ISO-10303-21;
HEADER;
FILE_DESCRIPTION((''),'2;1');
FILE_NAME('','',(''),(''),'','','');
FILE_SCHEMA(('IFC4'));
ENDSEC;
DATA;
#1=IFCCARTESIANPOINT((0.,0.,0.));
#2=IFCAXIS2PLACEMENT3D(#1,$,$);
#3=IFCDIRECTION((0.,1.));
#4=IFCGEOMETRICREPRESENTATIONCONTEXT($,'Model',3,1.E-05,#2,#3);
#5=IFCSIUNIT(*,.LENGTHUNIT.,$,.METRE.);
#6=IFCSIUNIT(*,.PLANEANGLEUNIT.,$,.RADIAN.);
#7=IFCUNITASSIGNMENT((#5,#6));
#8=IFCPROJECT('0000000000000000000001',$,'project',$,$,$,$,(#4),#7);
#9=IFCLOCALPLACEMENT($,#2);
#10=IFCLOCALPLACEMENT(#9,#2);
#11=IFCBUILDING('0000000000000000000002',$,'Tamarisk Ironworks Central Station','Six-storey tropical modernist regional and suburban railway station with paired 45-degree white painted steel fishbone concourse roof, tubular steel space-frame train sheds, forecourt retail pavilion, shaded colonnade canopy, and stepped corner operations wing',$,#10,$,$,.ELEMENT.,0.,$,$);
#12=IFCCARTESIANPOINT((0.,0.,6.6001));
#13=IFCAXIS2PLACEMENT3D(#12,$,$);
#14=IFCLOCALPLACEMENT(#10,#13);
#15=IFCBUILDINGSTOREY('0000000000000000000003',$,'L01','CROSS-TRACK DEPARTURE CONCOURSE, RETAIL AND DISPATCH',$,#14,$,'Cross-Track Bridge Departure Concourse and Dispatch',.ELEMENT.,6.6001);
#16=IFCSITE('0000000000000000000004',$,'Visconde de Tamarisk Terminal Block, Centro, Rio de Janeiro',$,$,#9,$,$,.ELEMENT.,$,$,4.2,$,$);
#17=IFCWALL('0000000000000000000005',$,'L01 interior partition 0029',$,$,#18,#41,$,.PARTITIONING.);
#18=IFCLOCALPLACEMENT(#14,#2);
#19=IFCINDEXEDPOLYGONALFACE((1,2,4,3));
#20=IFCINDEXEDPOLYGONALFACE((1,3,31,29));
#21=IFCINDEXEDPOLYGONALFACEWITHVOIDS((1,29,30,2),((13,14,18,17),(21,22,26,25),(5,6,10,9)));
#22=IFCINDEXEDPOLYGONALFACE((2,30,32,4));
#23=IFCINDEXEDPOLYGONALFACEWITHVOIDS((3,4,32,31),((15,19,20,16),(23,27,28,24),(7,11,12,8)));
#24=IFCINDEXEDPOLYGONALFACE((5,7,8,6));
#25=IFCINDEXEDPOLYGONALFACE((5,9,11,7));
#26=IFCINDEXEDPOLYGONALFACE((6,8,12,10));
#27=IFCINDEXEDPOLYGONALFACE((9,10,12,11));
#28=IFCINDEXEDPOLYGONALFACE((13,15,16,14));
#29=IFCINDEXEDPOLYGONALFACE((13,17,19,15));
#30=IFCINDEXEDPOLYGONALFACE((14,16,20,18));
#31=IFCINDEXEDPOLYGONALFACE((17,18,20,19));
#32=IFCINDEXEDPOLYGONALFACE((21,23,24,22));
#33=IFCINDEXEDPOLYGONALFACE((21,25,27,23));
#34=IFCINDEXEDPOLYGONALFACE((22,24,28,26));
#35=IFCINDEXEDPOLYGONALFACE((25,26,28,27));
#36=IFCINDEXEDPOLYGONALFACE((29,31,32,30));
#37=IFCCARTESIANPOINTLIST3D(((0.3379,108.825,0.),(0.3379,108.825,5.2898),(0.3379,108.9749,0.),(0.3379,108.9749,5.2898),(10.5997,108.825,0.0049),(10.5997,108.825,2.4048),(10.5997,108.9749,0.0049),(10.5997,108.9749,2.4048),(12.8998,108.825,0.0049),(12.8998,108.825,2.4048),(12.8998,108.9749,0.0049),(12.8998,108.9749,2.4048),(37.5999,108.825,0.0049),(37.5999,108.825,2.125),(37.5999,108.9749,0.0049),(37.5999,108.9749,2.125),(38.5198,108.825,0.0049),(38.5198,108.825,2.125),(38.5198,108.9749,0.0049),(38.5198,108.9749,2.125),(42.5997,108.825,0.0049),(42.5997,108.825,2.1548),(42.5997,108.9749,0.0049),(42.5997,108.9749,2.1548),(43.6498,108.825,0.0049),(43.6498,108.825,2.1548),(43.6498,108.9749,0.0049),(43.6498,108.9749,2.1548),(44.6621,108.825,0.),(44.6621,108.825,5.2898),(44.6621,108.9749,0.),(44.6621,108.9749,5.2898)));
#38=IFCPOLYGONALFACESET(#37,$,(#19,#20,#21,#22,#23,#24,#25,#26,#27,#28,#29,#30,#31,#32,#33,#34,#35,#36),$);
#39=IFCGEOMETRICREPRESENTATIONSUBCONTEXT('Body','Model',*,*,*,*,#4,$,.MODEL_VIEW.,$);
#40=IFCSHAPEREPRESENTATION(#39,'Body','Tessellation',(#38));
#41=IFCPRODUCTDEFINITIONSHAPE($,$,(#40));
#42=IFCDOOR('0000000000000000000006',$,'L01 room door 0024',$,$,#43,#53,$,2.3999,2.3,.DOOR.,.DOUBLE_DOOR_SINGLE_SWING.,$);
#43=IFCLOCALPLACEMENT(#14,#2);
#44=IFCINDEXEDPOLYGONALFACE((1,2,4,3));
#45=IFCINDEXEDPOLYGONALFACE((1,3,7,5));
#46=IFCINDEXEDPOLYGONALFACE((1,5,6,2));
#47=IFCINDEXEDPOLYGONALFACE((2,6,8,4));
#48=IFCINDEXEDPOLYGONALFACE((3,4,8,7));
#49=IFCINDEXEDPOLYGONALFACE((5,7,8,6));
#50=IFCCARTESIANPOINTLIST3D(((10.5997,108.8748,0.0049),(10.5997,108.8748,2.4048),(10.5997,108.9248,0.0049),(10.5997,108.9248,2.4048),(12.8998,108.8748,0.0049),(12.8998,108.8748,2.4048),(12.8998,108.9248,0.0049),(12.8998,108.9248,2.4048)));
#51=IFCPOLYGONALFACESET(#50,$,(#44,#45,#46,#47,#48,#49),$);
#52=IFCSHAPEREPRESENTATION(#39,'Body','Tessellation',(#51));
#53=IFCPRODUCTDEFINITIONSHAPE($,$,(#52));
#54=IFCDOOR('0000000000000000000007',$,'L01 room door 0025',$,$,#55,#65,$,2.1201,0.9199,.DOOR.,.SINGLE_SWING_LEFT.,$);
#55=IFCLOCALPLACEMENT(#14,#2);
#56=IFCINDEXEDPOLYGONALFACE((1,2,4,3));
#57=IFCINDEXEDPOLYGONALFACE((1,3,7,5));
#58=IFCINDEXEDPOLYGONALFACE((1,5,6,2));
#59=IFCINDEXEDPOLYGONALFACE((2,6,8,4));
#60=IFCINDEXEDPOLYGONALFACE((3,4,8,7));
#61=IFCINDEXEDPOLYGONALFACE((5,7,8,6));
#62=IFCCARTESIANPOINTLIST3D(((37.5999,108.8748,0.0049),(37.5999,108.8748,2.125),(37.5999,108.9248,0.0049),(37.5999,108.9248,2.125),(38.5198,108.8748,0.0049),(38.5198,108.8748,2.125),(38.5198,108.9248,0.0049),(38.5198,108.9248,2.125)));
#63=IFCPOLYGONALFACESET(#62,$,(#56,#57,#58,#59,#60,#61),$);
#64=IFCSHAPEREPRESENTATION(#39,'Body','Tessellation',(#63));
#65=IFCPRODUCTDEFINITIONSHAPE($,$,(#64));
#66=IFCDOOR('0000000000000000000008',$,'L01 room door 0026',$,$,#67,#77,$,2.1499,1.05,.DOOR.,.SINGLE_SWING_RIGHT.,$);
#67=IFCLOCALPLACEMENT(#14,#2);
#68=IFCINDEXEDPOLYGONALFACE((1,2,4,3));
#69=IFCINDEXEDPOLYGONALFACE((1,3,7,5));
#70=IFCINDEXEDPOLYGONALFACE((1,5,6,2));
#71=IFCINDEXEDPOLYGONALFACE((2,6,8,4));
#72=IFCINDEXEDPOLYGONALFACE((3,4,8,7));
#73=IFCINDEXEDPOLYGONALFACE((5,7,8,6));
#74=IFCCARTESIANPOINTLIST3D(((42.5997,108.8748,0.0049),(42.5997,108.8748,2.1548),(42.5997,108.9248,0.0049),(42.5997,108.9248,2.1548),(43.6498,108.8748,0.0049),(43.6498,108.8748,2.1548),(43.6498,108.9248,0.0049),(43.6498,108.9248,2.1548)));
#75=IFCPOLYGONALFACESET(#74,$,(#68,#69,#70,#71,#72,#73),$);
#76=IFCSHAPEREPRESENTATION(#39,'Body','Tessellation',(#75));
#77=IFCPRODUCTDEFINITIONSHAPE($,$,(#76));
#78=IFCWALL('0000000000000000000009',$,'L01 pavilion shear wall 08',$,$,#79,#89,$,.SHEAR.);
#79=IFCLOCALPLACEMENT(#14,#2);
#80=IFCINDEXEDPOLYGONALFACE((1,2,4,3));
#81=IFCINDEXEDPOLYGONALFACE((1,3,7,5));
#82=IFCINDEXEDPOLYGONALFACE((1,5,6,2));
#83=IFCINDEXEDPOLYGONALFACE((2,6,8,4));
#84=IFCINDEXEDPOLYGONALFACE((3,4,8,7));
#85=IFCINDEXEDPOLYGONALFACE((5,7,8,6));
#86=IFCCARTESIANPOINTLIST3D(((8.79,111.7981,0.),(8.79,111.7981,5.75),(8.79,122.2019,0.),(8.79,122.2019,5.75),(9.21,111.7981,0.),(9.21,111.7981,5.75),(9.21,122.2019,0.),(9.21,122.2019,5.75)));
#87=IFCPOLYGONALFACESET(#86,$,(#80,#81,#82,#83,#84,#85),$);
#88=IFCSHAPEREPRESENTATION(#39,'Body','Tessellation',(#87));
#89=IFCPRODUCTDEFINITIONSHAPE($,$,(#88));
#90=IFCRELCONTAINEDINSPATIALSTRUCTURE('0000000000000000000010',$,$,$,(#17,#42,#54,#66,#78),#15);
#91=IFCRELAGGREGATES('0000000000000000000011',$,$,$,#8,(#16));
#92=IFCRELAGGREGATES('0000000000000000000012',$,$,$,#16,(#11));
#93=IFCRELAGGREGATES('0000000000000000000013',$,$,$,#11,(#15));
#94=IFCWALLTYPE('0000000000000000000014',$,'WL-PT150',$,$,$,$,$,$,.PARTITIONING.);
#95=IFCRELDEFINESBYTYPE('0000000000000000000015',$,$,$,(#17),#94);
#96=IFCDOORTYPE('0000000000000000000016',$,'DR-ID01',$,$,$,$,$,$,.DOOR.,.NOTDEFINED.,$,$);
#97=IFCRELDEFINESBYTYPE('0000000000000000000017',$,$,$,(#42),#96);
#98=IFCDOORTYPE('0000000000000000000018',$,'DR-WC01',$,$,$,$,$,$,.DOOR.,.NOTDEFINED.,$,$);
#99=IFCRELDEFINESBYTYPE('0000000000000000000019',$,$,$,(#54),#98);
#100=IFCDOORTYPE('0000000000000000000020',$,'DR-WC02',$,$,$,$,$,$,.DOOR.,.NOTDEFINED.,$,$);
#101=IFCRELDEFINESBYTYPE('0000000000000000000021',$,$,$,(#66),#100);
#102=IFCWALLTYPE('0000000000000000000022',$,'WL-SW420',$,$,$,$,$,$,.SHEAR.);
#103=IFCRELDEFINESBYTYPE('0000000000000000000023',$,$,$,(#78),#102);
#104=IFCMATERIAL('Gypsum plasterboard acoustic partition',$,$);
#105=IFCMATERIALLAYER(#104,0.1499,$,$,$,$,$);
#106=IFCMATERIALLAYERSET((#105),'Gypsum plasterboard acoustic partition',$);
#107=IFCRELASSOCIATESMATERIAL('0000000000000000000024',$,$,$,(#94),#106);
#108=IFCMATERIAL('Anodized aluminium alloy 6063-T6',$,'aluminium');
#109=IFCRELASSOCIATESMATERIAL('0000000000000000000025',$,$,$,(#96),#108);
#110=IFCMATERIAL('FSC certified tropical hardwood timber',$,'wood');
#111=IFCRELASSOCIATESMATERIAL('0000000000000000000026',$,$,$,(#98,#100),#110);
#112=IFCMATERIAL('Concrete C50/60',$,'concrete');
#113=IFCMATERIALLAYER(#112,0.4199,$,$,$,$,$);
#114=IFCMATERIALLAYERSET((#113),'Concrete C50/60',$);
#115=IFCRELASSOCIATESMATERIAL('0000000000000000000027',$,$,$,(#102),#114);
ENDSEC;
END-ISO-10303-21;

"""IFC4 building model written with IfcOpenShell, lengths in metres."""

from ifc_helpers import new_model, si_unit, direction, frame, frame_2d, origin, place, context, subcontext, project, spatial, rectangle, extrude, material, layer, layer_set, type_object, element, fill, save


model = new_model("IFC4")

# Units and contexts
model_context = context("Model", 3, precision=1e-05, world=origin(), true_north=direction((0.0, 1.0)))
body_context = subcontext(model_context, "Body", "Model", "MODEL_VIEW")
ifc_project = project(units=[si_unit("LENGTHUNIT", "METRE"), si_unit("PLANEANGLEUNIT", "RADIAN")], contexts=[model_context])

# Site, building, storey
site_placement = place(None, origin())
site = spatial("IfcSite", under=ifc_project, at=site_placement, Name="Visconde de Tamarisk Terminal Block, Centro, Rio de Janeiro", CompositionType="ELEMENT", RefElevation=4.2)
building_placement = place(site_placement, origin())
building = spatial("IfcBuilding", under=site, at=building_placement, Name="Tamarisk Ironworks Central Station", Description="Six-storey tropical modernist regional and suburban railway station with paired 45-degree white painted steel fishbone concourse roof, tubular steel space-frame train sheds, forecourt retail pavilion, shaded colonnade canopy, and stepped corner operations wing", CompositionType="ELEMENT", ElevationOfRefHeight=0.0)
storey_placement = place(building_placement, frame((0.0, 0.0, 6.6001)))
storey = spatial("IfcBuildingStorey", under=building, at=storey_placement, Name="L01", Description="CROSS-TRACK DEPARTURE CONCOURSE, RETAIL AND DISPATCH", LongName="Cross-Track Bridge Departure Concourse and Dispatch", CompositionType="ELEMENT", Elevation=6.6001)

# Shared definitions
ifc_material_1 = material(Name="Concrete C50/60", Category="concrete")

# Shared definitions
ifc_material_2 = material(Name="Gypsum plasterboard acoustic partition")
ifc_layer_1 = layer(ifc_material_2, 0.1499)
ifc_layer_set_1 = layer_set([ifc_layer_1], Name="Gypsum plasterboard acoustic partition")
wall_type_1 = type_object("IfcWallType", Name="WL-PT150", PredefinedType="PARTITIONING", material=ifc_layer_set_1)
ifc_material_3 = material(Name="Anodized aluminium alloy 6063-T6", Category="aluminium")

# Wall, openings, doors
wall_1_placement = place(storey_placement, frame((0.3379, 108.8999, 0.0), z_axis=(0.0, 0.0, 1.0), x_axis=(1.0, 0.0, 0.0)))
wall_1 = element("IfcWall", 1, at=wall_1_placement, inside=storey, type_object=wall_type_1, Name="L01 interior partition 0029", PredefinedType="PARTITIONING", context=body_context, shape_type="SweptSolid", body=[
    extrude(rectangle(XDim=44.3242, YDim=0.1499, at=frame_2d((22.1621, 0.0))), origin(), (0.0, 0.0, 1.0), 5.2898),
])
opening_1_placement = place(wall_1_placement, frame((10.262, 0.0, 0.0049)))
opening_1 = element("IfcOpeningElement", 2, at=opening_1_placement, cuts=wall_1, PredefinedType="OPENING", context=body_context, shape_type="SweptSolid", body=[
    extrude(rectangle(XDim=2.3, YDim=2.3999, at=frame_2d((1.1499, 1.2))), frame((0.0, 0.0869, 0.0), z_axis=(0.0, -1.0, 0.0), x_axis=(1.0, 0.0, 0.0)), (0.0, 0.0, 1.0), 0.1738),
])
opening_2_placement = place(wall_1_placement, frame((37.262, 0.0, 0.0049)))
opening_2 = element("IfcOpeningElement", 3, at=opening_2_placement, cuts=wall_1, PredefinedType="OPENING", context=body_context, shape_type="SweptSolid", body=[
    extrude(rectangle(XDim=0.9199, YDim=2.1201, at=frame_2d((0.46, 1.0601))), frame((0.0, 0.0869, 0.0), z_axis=(0.0, -1.0, 0.0), x_axis=(1.0, 0.0, 0.0)), (0.0, 0.0, 1.0), 0.1738),
])
opening_3_placement = place(wall_1_placement, frame((42.262, 0.0, 0.0049)))
opening_3 = element("IfcOpeningElement", 4, at=opening_3_placement, cuts=wall_1, PredefinedType="OPENING", context=body_context, shape_type="SweptSolid", body=[
    extrude(rectangle(XDim=1.05, YDim=2.1499, at=frame_2d((0.5249, 1.075))), frame((0.0, 0.0869, 0.0), z_axis=(0.0, -1.0, 0.0), x_axis=(1.0, 0.0, 0.0)), (0.0, 0.0, 1.0), 0.1738),
])
door_type_1 = type_object("IfcDoorType", Name="DR-ID01", OperationType="NOTDEFINED", PredefinedType="DOOR", material=ifc_material_3)
door_1_placement = place(opening_1_placement, origin())
door_1 = element("IfcDoor", 5, at=door_1_placement, inside=storey, type_object=door_type_1, Name="L01 room door 0024", OperationType="DOUBLE_DOOR_SINGLE_SWING", OverallHeight=2.3999, OverallWidth=2.3, PredefinedType="DOOR", context=body_context, shape_type="SweptSolid", body=[
    extrude(rectangle(XDim=2.3, YDim=2.3999, at=frame_2d((1.1499, 1.2))), frame((0.0, 0.0249, 0.0), z_axis=(0.0, -1.0, 0.0), x_axis=(1.0, 0.0, 0.0)), (0.0, 0.0, 1.0), 0.05),
])
fill(opening_1, door_1)
ifc_material_4 = material(Name="FSC certified tropical hardwood timber", Category="wood")
door_type_2 = type_object("IfcDoorType", Name="DR-WC01", OperationType="NOTDEFINED", PredefinedType="DOOR", material=ifc_material_4)
door_2_placement = place(opening_2_placement, origin())
door_2 = element("IfcDoor", 6, at=door_2_placement, inside=storey, type_object=door_type_2, Name="L01 room door 0025", OperationType="SINGLE_SWING_LEFT", OverallHeight=2.1201, OverallWidth=0.9199, PredefinedType="DOOR", context=body_context, shape_type="SweptSolid", body=[
    extrude(rectangle(XDim=0.9199, YDim=2.1201, at=frame_2d((0.46, 1.0601))), frame((0.0, 0.0249, 0.0), z_axis=(0.0, -1.0, 0.0), x_axis=(1.0, 0.0, 0.0)), (0.0, 0.0, 1.0), 0.05),
])
fill(opening_2, door_2)
door_type_3 = type_object("IfcDoorType", Name="DR-WC02", OperationType="NOTDEFINED", PredefinedType="DOOR", material=ifc_material_4)
door_3_placement = place(opening_3_placement, origin())
door_3 = element("IfcDoor", 7, at=door_3_placement, inside=storey, type_object=door_type_3, Name="L01 room door 0026", OperationType="SINGLE_SWING_RIGHT", OverallHeight=2.1499, OverallWidth=1.05, PredefinedType="DOOR", context=body_context, shape_type="SweptSolid", body=[
    extrude(rectangle(XDim=1.05, YDim=2.1499, at=frame_2d((0.5249, 1.075))), frame((0.0, 0.0249, 0.0), z_axis=(0.0, -1.0, 0.0), x_axis=(1.0, 0.0, 0.0)), (0.0, 0.0, 1.0), 0.05),
])
fill(opening_3, door_3)

# Wall
ifc_layer_2 = layer(ifc_material_1, 0.4199)
ifc_layer_set_2 = layer_set([ifc_layer_2], Name="Concrete C50/60")
wall_type_2 = type_object("IfcWallType", Name="WL-SW420", PredefinedType="SHEAR", material=ifc_layer_set_2)
wall_2_placement = place(storey_placement, frame((9.0, 111.7981, 0.0), z_axis=(0.0, 0.0, 1.0), x_axis=(0.0, 1.0, 0.0)))
element("IfcWall", 8, at=wall_2_placement, inside=storey, type_object=wall_type_2, Name="L01 pavilion shear wall 08", PredefinedType="SHEAR", context=body_context, shape_type="SweptSolid", body=[
    extrude(rectangle(XDim=10.4038, YDim=0.4199, at=frame_2d((5.2019, 0.0))), origin(), (0.0, 0.0, 1.0), 5.75),
])

save(model, "model.ifc")
